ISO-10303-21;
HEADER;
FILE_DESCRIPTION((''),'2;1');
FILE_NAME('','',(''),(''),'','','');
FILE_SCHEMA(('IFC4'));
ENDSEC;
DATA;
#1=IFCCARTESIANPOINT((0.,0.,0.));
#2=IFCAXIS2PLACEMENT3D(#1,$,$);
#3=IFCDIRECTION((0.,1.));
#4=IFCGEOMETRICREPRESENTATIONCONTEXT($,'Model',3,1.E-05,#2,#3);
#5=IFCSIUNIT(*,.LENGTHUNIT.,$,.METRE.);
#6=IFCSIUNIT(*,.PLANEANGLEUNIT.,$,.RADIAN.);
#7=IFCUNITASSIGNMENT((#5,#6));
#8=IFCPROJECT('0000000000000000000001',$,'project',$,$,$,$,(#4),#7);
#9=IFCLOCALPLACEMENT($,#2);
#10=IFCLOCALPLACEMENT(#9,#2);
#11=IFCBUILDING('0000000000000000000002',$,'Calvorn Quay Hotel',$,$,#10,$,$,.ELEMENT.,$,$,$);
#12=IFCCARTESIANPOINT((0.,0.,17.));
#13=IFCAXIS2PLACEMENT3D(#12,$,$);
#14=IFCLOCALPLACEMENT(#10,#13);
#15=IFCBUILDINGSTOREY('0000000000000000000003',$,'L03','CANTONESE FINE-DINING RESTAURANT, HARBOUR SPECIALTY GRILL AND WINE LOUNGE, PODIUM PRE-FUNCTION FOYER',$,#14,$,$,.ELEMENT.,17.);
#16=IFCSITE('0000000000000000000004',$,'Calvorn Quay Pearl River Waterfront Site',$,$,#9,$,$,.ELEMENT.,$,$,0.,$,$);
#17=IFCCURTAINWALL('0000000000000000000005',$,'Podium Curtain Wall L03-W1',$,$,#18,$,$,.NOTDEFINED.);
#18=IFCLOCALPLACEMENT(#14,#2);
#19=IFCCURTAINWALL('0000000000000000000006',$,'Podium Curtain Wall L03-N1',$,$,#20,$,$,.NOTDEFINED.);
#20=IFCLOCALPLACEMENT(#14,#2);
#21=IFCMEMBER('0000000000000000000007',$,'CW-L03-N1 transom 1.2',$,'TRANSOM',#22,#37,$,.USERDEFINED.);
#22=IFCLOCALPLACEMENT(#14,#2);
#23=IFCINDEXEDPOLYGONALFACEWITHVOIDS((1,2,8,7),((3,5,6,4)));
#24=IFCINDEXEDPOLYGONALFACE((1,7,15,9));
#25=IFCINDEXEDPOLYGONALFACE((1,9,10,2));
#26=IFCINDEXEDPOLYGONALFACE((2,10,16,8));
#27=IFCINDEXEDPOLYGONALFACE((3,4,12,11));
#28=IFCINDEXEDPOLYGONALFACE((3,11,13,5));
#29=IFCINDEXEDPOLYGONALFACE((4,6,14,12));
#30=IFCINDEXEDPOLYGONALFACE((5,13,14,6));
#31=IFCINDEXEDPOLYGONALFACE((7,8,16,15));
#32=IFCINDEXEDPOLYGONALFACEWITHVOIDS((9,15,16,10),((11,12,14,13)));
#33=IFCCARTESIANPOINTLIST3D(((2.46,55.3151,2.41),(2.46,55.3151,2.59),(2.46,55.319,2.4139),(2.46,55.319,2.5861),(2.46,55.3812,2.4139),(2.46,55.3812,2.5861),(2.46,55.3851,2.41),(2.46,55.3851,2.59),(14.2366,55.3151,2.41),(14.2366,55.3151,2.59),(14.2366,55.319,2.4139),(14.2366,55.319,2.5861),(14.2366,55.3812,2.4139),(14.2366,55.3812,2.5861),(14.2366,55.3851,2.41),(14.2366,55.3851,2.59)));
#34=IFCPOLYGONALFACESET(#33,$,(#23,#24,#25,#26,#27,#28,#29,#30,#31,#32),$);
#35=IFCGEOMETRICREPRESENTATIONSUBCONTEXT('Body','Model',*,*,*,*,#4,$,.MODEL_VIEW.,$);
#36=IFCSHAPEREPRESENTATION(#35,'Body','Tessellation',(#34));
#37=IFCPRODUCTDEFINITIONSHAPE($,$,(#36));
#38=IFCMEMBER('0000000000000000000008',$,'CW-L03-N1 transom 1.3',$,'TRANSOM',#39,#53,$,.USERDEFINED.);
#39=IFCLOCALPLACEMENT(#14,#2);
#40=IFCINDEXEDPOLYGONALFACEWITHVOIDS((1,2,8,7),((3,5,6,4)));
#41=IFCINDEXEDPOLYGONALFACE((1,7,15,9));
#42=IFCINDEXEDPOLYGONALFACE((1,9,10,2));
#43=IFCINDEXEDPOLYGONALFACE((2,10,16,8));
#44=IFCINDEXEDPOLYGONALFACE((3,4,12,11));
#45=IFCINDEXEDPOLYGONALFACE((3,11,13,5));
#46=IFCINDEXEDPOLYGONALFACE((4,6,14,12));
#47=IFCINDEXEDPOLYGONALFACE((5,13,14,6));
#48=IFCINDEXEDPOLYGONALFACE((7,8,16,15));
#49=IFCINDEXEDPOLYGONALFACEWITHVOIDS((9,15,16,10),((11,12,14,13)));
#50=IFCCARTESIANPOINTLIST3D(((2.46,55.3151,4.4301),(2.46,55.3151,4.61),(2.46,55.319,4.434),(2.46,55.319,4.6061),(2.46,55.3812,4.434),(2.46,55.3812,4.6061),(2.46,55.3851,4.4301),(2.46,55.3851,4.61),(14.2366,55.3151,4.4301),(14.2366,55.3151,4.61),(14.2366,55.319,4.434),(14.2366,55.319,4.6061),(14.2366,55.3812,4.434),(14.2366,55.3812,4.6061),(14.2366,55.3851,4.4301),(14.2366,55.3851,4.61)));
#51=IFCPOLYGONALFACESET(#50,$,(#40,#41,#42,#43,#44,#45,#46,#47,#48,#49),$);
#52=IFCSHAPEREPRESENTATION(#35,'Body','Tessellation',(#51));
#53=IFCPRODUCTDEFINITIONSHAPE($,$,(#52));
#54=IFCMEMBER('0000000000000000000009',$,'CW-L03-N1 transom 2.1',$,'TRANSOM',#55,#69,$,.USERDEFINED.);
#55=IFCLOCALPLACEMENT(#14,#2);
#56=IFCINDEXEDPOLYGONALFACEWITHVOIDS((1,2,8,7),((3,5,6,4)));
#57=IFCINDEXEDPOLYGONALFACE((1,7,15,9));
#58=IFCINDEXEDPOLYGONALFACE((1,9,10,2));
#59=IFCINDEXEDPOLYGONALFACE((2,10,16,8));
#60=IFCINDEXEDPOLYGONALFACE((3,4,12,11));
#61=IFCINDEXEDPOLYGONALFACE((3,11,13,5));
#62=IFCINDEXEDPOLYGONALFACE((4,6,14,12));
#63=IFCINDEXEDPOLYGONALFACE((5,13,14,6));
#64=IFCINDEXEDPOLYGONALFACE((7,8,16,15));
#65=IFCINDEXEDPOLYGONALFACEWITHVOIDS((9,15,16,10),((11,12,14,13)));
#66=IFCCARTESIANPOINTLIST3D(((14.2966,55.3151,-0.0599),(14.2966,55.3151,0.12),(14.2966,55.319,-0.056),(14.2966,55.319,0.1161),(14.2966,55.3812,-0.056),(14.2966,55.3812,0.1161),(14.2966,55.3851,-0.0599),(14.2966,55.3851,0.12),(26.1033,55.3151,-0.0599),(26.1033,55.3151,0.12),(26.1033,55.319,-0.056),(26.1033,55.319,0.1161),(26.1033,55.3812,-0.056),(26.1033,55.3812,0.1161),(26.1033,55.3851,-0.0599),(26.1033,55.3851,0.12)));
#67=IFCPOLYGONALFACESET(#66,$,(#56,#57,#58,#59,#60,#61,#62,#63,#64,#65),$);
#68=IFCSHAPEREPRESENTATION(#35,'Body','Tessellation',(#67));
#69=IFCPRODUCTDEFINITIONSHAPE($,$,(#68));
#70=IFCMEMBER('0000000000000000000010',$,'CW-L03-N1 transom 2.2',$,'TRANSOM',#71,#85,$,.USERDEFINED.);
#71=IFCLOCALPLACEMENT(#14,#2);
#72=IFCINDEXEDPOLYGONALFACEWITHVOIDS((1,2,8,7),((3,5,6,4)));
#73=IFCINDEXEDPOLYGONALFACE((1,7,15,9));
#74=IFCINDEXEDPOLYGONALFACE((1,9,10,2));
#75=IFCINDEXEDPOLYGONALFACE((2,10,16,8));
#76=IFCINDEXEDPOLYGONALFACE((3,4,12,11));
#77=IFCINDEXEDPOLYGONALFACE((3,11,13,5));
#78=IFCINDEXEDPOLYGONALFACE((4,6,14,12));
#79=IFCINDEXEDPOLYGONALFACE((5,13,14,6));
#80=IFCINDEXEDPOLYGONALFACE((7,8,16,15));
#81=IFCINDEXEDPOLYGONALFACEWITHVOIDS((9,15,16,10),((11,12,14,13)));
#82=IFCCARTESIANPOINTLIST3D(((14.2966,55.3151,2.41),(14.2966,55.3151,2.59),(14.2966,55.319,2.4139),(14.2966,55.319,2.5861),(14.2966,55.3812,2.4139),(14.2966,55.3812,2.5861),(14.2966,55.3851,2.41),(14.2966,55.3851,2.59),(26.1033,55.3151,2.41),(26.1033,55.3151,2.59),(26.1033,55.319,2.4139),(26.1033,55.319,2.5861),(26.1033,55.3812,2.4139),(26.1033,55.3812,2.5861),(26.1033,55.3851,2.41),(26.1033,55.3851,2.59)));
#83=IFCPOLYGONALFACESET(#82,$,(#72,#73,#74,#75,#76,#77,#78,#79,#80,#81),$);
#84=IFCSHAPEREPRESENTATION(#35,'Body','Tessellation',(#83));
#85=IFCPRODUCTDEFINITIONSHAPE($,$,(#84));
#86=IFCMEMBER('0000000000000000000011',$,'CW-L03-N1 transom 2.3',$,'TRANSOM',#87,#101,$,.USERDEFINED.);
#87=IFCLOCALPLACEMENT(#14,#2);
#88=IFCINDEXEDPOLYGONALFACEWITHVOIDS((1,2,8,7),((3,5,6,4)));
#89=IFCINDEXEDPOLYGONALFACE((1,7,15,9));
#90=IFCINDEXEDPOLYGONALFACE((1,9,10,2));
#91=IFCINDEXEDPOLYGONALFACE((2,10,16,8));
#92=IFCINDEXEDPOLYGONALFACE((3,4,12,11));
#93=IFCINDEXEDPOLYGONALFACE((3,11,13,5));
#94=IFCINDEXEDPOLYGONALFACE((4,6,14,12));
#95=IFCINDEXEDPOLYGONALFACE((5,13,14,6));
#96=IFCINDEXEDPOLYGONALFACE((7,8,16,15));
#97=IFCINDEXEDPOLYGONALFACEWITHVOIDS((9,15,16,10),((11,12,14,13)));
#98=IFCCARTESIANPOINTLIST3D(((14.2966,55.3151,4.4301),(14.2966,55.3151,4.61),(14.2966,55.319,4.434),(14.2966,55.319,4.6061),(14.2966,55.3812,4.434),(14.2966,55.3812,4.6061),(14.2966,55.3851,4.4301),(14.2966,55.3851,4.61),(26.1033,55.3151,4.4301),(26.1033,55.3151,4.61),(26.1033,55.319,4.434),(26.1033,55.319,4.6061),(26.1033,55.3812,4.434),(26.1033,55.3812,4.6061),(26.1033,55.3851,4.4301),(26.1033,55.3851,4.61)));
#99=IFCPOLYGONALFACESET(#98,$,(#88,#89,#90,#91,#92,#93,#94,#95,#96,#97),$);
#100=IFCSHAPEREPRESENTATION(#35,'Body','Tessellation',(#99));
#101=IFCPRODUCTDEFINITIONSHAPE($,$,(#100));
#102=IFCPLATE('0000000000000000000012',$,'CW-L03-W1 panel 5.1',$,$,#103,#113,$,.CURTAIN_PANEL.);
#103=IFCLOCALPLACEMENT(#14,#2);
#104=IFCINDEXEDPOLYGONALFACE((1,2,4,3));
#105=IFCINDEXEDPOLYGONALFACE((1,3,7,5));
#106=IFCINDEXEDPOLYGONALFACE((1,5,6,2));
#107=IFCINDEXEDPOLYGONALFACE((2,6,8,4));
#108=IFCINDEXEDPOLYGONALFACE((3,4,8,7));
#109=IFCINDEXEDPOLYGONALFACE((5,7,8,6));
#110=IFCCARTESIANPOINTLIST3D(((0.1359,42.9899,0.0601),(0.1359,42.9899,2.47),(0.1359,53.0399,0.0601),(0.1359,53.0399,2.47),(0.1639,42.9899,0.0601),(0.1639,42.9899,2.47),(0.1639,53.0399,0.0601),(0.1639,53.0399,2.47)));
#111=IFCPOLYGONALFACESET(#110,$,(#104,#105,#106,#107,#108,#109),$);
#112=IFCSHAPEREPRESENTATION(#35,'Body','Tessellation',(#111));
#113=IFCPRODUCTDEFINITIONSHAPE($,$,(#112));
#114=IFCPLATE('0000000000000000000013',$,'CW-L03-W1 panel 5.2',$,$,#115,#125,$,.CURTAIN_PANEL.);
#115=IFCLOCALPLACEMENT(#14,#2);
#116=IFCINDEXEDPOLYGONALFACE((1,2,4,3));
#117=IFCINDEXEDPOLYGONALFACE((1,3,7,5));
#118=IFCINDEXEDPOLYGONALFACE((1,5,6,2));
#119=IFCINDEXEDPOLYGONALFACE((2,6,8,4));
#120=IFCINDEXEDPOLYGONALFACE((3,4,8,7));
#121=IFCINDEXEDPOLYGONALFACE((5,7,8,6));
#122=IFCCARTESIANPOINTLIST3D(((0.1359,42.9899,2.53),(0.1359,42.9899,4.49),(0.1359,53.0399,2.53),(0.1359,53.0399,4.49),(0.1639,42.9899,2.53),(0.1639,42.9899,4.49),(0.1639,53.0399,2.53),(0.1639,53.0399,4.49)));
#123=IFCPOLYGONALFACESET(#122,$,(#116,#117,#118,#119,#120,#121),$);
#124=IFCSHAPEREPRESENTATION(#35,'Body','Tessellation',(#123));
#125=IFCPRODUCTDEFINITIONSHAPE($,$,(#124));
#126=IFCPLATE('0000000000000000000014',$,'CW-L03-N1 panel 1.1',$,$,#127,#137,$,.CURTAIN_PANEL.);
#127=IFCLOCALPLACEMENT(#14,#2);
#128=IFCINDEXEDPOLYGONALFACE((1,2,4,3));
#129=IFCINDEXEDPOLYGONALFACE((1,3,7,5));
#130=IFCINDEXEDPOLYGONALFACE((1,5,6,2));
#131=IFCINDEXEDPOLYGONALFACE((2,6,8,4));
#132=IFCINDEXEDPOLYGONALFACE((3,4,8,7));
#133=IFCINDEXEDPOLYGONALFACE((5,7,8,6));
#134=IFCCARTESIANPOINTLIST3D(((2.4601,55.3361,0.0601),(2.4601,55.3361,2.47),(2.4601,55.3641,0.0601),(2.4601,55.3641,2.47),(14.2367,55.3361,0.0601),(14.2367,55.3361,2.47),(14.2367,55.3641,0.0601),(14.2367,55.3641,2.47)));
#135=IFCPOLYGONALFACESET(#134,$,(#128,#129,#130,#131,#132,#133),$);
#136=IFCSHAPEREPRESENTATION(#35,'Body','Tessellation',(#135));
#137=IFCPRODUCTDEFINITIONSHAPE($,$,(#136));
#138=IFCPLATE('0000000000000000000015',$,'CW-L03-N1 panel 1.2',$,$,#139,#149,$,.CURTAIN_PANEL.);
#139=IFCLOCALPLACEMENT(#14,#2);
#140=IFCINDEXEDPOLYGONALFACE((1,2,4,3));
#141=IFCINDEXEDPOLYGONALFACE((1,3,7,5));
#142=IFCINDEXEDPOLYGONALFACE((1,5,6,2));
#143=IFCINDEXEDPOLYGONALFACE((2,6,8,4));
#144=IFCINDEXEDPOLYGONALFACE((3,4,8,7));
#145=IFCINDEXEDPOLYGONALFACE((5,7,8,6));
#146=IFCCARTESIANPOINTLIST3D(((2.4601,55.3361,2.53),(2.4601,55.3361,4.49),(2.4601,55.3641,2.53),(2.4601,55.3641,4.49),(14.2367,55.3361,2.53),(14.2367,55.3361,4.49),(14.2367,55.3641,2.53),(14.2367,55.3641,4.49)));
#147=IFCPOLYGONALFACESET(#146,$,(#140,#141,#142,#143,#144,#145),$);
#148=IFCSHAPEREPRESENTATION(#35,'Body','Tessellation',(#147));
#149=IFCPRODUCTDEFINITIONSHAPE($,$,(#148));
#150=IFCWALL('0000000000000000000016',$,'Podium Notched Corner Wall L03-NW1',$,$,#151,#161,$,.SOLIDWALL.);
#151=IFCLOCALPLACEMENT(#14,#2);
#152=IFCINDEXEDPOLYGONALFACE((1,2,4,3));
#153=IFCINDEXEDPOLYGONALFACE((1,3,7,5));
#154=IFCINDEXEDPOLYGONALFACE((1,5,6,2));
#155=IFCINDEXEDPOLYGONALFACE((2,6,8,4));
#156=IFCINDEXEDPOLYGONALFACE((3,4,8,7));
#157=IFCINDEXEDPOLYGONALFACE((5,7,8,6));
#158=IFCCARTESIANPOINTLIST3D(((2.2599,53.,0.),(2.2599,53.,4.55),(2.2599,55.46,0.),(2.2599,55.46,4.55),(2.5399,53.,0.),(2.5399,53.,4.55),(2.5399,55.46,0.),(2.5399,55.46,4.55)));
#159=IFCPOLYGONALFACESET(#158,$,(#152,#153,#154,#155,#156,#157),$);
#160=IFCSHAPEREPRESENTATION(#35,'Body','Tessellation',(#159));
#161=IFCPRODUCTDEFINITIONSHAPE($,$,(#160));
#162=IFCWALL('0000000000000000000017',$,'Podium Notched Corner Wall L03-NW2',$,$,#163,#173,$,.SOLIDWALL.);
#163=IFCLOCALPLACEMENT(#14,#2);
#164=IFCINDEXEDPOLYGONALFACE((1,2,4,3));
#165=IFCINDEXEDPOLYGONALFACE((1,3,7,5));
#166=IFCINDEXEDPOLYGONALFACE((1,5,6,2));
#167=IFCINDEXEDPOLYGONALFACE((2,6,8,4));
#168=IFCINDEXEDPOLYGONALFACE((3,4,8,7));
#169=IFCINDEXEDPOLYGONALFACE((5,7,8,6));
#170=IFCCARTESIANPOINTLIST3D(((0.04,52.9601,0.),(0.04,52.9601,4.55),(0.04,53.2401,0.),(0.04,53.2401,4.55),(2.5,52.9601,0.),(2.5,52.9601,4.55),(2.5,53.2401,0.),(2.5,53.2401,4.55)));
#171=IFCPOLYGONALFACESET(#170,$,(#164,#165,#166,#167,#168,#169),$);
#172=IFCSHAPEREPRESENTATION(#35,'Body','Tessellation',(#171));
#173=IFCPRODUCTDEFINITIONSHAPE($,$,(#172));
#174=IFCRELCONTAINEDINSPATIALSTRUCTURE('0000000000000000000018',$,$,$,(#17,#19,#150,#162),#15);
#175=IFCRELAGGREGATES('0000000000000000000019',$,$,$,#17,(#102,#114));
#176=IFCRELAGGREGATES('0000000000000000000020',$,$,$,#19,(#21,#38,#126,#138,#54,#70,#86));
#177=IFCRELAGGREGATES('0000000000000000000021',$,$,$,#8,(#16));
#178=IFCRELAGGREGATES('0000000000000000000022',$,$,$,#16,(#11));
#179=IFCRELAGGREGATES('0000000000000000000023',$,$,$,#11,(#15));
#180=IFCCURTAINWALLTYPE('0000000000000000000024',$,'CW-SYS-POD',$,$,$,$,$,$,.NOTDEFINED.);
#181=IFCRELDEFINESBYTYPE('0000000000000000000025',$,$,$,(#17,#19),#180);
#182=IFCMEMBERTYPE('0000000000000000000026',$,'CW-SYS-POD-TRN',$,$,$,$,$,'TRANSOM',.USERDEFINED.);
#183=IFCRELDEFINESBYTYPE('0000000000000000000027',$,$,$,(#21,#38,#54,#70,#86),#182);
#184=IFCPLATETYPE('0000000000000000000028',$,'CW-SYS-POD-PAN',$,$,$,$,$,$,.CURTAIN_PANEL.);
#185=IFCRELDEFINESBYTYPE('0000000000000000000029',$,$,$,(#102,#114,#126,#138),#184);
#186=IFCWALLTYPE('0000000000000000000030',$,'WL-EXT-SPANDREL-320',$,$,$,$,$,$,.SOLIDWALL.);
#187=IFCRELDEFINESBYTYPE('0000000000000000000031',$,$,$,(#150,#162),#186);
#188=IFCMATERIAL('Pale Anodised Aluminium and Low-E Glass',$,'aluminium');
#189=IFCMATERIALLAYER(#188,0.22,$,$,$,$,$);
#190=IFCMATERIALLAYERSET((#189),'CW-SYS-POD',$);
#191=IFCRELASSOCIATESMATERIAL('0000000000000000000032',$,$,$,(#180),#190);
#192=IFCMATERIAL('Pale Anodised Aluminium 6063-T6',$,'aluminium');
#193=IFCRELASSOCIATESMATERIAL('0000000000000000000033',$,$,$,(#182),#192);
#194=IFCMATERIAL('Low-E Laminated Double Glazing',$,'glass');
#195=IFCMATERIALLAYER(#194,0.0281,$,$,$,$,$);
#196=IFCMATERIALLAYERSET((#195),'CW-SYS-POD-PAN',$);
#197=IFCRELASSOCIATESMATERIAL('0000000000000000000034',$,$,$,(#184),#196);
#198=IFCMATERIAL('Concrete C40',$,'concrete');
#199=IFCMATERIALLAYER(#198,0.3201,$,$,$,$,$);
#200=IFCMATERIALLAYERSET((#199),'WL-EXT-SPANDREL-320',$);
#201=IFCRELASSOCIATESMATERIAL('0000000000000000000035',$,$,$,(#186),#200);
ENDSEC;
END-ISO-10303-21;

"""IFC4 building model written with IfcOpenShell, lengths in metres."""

from ifc_helpers import new_model, si_unit, direction, frame, frame_2d, origin, origin_2d, place, context, subcontext, project, spatial, rectangle, hollow_rectangle, extrude, material, layer, layer_set, material_profile, profile_set, type_object, element, aggregate, save


model = new_model("IFC4")

# Units and contexts
model_context = context("Model", 3, precision=1e-05, world=origin(), true_north=direction((0.0, 1.0)))
body_context = subcontext(model_context, "Body", "Model", "MODEL_VIEW")
ifc_project = project(units=[si_unit("LENGTHUNIT", "METRE"), si_unit("PLANEANGLEUNIT", "RADIAN")], contexts=[model_context])

# Site, building, storey
site_placement = place(None, origin())
site = spatial("IfcSite", under=ifc_project, at=site_placement, Name="Calvorn Quay Pearl River Waterfront Site", CompositionType="ELEMENT", RefElevation=0.0)
building_placement = place(site_placement, origin())
building = spatial("IfcBuilding", under=site, at=building_placement, Name="Calvorn Quay Hotel", CompositionType="ELEMENT")
storey_placement = place(building_placement, frame((0.0, 0.0, 17.0)))
storey = spatial("IfcBuildingStorey", under=building, at=storey_placement, Name="L03", Description="CANTONESE FINE-DINING RESTAURANT, HARBOUR SPECIALTY GRILL AND WINE LOUNGE, PODIUM PRE-FUNCTION FOYER", CompositionType="ELEMENT", Elevation=17.0)

# Curtain wall
ifc_material_1 = material(Name="Pale Anodised Aluminium and Low-E Glass", Category="aluminium")
ifc_layer_1 = layer(ifc_material_1, 0.22)
ifc_layer_set_1 = layer_set([ifc_layer_1], Name="CW-SYS-POD")
curtain_wall_type = type_object("IfcCurtainWallType", Name="CW-SYS-POD", PredefinedType="NOTDEFINED", material=ifc_layer_set_1)
curtain_wall_1_placement = place(storey_placement, origin())
curtain_wall_1 = element("IfcCurtainWall", 1, at=curtain_wall_1_placement, inside=storey, type_object=curtain_wall_type, Name="Podium Curtain Wall L03-W1", PredefinedType="NOTDEFINED")

# Curtain wall, members
curtain_wall_2_placement = place(storey_placement, origin())
curtain_wall_2 = element("IfcCurtainWall", 2, at=curtain_wall_2_placement, inside=storey, type_object=curtain_wall_type, Name="Podium Curtain Wall L03-N1", PredefinedType="NOTDEFINED")
ifc_material_2 = material(Name="Pale Anodised Aluminium 6063-T6", Category="aluminium")
ifc_material_profile_1 = material_profile(ifc_material_2, hollow_rectangle(XDim=0.0701, YDim=0.1799, WallThickness=0.0039, at=origin_2d()), Name="ALU-T180x70x4")
ifc_profile_set_1 = profile_set([ifc_material_profile_1], Name="Pale Anodised Aluminium 6063-T6")
member_type_1 = type_object("IfcMemberType", Name="CW-SYS-POD-TRN", ElementType="TRANSOM", PredefinedType="USERDEFINED", material=ifc_profile_set_1)
member_1_placement = place(storey_placement, frame((2.46, 55.3501, 2.5), z_axis=(1.0, 0.0, 0.0), x_axis=(0.0, 1.0, 0.0)))
member_1 = element("IfcMember", 3, at=member_1_placement, type_object=member_type_1, Name="CW-L03-N1 transom 1.2", ObjectType="TRANSOM", PredefinedType="USERDEFINED", context=body_context, shape_type="SweptSolid", body=[
    extrude(hollow_rectangle(XDim=0.0701, YDim=0.1799, WallThickness=0.0039, at=origin_2d()), origin(), (0.0, 0.0, 1.0), 11.7766),
])
member_2_placement = place(storey_placement, frame((2.46, 55.3501, 4.52), z_axis=(1.0, 0.0, 0.0), x_axis=(0.0, 1.0, 0.0)))
member_2 = element("IfcMember", 4, at=member_2_placement, type_object=member_type_1, Name="CW-L03-N1 transom 1.3", ObjectType="TRANSOM", PredefinedType="USERDEFINED", context=body_context, shape_type="SweptSolid", body=[
    extrude(hollow_rectangle(XDim=0.0701, YDim=0.1799, WallThickness=0.0039, at=origin_2d()), origin(), (0.0, 0.0, 1.0), 11.7766),
])
member_3_placement = place(storey_placement, frame((14.2966, 55.3501, 0.03), z_axis=(1.0, 0.0, 0.0), x_axis=(0.0, 1.0, 0.0)))
member_3 = element("IfcMember", 5, at=member_3_placement, type_object=member_type_1, Name="CW-L03-N1 transom 2.1", ObjectType="TRANSOM", PredefinedType="USERDEFINED", context=body_context, shape_type="SweptSolid", body=[
    extrude(hollow_rectangle(XDim=0.0701, YDim=0.1799, WallThickness=0.0039, at=origin_2d()), origin(), (0.0, 0.0, 1.0), 11.8066),
])
member_4_placement = place(storey_placement, frame((14.2966, 55.3501, 2.5), z_axis=(1.0, 0.0, 0.0), x_axis=(0.0, 1.0, 0.0)))
member_4 = element("IfcMember", 6, at=member_4_placement, type_object=member_type_1, Name="CW-L03-N1 transom 2.2", ObjectType="TRANSOM", PredefinedType="USERDEFINED", context=body_context, shape_type="SweptSolid", body=[
    extrude(hollow_rectangle(XDim=0.0701, YDim=0.1799, WallThickness=0.0039, at=origin_2d()), origin(), (0.0, 0.0, 1.0), 11.8066),
])
member_5_placement = place(storey_placement, frame((14.2966, 55.3501, 4.52), z_axis=(1.0, 0.0, 0.0), x_axis=(0.0, 1.0, 0.0)))
member_5 = element("IfcMember", 7, at=member_5_placement, type_object=member_type_1, Name="CW-L03-N1 transom 2.3", ObjectType="TRANSOM", PredefinedType="USERDEFINED", context=body_context, shape_type="SweptSolid", body=[
    extrude(hollow_rectangle(XDim=0.0701, YDim=0.1799, WallThickness=0.0039, at=origin_2d()), origin(), (0.0, 0.0, 1.0), 11.8066),
])

# Plates
ifc_material_3 = material(Name="Low-E Laminated Double Glazing", Category="glass")
ifc_layer_2 = layer(ifc_material_3, 0.0281)
ifc_layer_set_2 = layer_set([ifc_layer_2], Name="CW-SYS-POD-PAN")
plate_type = type_object("IfcPlateType", Name="CW-SYS-POD-PAN", PredefinedType="CURTAIN_PANEL", material=ifc_layer_set_2)
plate_1_placement = place(storey_placement, frame((0.1499, 48.0149, 0.0601), z_axis=(0.0, 0.0, 1.0), x_axis=(0.0, 1.0, 0.0)))
plate_1 = element("IfcPlate", 8, at=plate_1_placement, type_object=plate_type, Name="CW-L03-W1 panel 5.1", PredefinedType="CURTAIN_PANEL", context=body_context, shape_type="SweptSolid", body=[
    extrude(rectangle(XDim=10.05, YDim=0.0281, at=origin_2d()), origin(), (0.0, 0.0, 1.0), 2.4099),
])
plate_2_placement = place(storey_placement, frame((0.1499, 48.0149, 2.53), z_axis=(0.0, 0.0, 1.0), x_axis=(0.0, 1.0, 0.0)))
plate_2 = element("IfcPlate", 9, at=plate_2_placement, type_object=plate_type, Name="CW-L03-W1 panel 5.2", PredefinedType="CURTAIN_PANEL", context=body_context, shape_type="SweptSolid", body=[
    extrude(rectangle(XDim=10.05, YDim=0.0281, at=origin_2d()), origin(), (0.0, 0.0, 1.0), 1.96),
])
aggregate(curtain_wall_1, [plate_1, plate_2])
plate_3_placement = place(storey_placement, frame((8.3484, 55.3501, 0.0601), z_axis=(0.0, 0.0, 1.0), x_axis=(1.0, 0.0, 0.0)))
plate_3 = element("IfcPlate", 10, at=plate_3_placement, type_object=plate_type, Name="CW-L03-N1 panel 1.1", PredefinedType="CURTAIN_PANEL", context=body_context, shape_type="SweptSolid", body=[
    extrude(rectangle(XDim=11.7766, YDim=0.0281, at=origin_2d()), origin(), (0.0, 0.0, 1.0), 2.4099),
])
plate_4_placement = place(storey_placement, frame((8.3484, 55.3501, 2.53), z_axis=(0.0, 0.0, 1.0), x_axis=(1.0, 0.0, 0.0)))
plate_4 = element("IfcPlate", 11, at=plate_4_placement, type_object=plate_type, Name="CW-L03-N1 panel 1.2", PredefinedType="CURTAIN_PANEL", context=body_context, shape_type="SweptSolid", body=[
    extrude(rectangle(XDim=11.7766, YDim=0.0281, at=origin_2d()), origin(), (0.0, 0.0, 1.0), 1.96),
])
aggregate(curtain_wall_2, [member_1, member_2, plate_3, plate_4, member_3, member_4, member_5])

# Walls
ifc_material_4 = material(Name="Concrete C40", Category="concrete")
ifc_layer_3 = layer(ifc_material_4, 0.3201)
ifc_layer_set_3 = layer_set([ifc_layer_3], Name="WL-EXT-SPANDREL-320")
wall_type = type_object("IfcWallType", Name="WL-EXT-SPANDREL-320", PredefinedType="SOLIDWALL", material=ifc_layer_set_3)
for number, where, z_axis, x_axis, name in (
    (12, (2.3999, 55.46, 0.0), (0.0, 0.0, 1.0), (0.0, -1.0, 0.0), "Podium Notched Corner Wall L03-NW1"),
    (13, (2.5, 53.1001, 0.0), (0.0, 0.0, 1.0), (-1.0, 0.0, 0.0), "Podium Notched Corner Wall L03-NW2"),
):
    element("IfcWall", number, at=place(storey_placement, frame(where, z_axis=z_axis, x_axis=x_axis)), inside=storey, type_object=wall_type, Name=name, PredefinedType="SOLIDWALL", context=body_context, shape_type="SweptSolid", body=[
        extrude(rectangle(XDim=2.46, YDim=0.28, at=frame_2d((1.23, 0.0))), origin(), (0.0, 0.0, 1.0), 4.55),
    ])

save(model, "model.ifc")
